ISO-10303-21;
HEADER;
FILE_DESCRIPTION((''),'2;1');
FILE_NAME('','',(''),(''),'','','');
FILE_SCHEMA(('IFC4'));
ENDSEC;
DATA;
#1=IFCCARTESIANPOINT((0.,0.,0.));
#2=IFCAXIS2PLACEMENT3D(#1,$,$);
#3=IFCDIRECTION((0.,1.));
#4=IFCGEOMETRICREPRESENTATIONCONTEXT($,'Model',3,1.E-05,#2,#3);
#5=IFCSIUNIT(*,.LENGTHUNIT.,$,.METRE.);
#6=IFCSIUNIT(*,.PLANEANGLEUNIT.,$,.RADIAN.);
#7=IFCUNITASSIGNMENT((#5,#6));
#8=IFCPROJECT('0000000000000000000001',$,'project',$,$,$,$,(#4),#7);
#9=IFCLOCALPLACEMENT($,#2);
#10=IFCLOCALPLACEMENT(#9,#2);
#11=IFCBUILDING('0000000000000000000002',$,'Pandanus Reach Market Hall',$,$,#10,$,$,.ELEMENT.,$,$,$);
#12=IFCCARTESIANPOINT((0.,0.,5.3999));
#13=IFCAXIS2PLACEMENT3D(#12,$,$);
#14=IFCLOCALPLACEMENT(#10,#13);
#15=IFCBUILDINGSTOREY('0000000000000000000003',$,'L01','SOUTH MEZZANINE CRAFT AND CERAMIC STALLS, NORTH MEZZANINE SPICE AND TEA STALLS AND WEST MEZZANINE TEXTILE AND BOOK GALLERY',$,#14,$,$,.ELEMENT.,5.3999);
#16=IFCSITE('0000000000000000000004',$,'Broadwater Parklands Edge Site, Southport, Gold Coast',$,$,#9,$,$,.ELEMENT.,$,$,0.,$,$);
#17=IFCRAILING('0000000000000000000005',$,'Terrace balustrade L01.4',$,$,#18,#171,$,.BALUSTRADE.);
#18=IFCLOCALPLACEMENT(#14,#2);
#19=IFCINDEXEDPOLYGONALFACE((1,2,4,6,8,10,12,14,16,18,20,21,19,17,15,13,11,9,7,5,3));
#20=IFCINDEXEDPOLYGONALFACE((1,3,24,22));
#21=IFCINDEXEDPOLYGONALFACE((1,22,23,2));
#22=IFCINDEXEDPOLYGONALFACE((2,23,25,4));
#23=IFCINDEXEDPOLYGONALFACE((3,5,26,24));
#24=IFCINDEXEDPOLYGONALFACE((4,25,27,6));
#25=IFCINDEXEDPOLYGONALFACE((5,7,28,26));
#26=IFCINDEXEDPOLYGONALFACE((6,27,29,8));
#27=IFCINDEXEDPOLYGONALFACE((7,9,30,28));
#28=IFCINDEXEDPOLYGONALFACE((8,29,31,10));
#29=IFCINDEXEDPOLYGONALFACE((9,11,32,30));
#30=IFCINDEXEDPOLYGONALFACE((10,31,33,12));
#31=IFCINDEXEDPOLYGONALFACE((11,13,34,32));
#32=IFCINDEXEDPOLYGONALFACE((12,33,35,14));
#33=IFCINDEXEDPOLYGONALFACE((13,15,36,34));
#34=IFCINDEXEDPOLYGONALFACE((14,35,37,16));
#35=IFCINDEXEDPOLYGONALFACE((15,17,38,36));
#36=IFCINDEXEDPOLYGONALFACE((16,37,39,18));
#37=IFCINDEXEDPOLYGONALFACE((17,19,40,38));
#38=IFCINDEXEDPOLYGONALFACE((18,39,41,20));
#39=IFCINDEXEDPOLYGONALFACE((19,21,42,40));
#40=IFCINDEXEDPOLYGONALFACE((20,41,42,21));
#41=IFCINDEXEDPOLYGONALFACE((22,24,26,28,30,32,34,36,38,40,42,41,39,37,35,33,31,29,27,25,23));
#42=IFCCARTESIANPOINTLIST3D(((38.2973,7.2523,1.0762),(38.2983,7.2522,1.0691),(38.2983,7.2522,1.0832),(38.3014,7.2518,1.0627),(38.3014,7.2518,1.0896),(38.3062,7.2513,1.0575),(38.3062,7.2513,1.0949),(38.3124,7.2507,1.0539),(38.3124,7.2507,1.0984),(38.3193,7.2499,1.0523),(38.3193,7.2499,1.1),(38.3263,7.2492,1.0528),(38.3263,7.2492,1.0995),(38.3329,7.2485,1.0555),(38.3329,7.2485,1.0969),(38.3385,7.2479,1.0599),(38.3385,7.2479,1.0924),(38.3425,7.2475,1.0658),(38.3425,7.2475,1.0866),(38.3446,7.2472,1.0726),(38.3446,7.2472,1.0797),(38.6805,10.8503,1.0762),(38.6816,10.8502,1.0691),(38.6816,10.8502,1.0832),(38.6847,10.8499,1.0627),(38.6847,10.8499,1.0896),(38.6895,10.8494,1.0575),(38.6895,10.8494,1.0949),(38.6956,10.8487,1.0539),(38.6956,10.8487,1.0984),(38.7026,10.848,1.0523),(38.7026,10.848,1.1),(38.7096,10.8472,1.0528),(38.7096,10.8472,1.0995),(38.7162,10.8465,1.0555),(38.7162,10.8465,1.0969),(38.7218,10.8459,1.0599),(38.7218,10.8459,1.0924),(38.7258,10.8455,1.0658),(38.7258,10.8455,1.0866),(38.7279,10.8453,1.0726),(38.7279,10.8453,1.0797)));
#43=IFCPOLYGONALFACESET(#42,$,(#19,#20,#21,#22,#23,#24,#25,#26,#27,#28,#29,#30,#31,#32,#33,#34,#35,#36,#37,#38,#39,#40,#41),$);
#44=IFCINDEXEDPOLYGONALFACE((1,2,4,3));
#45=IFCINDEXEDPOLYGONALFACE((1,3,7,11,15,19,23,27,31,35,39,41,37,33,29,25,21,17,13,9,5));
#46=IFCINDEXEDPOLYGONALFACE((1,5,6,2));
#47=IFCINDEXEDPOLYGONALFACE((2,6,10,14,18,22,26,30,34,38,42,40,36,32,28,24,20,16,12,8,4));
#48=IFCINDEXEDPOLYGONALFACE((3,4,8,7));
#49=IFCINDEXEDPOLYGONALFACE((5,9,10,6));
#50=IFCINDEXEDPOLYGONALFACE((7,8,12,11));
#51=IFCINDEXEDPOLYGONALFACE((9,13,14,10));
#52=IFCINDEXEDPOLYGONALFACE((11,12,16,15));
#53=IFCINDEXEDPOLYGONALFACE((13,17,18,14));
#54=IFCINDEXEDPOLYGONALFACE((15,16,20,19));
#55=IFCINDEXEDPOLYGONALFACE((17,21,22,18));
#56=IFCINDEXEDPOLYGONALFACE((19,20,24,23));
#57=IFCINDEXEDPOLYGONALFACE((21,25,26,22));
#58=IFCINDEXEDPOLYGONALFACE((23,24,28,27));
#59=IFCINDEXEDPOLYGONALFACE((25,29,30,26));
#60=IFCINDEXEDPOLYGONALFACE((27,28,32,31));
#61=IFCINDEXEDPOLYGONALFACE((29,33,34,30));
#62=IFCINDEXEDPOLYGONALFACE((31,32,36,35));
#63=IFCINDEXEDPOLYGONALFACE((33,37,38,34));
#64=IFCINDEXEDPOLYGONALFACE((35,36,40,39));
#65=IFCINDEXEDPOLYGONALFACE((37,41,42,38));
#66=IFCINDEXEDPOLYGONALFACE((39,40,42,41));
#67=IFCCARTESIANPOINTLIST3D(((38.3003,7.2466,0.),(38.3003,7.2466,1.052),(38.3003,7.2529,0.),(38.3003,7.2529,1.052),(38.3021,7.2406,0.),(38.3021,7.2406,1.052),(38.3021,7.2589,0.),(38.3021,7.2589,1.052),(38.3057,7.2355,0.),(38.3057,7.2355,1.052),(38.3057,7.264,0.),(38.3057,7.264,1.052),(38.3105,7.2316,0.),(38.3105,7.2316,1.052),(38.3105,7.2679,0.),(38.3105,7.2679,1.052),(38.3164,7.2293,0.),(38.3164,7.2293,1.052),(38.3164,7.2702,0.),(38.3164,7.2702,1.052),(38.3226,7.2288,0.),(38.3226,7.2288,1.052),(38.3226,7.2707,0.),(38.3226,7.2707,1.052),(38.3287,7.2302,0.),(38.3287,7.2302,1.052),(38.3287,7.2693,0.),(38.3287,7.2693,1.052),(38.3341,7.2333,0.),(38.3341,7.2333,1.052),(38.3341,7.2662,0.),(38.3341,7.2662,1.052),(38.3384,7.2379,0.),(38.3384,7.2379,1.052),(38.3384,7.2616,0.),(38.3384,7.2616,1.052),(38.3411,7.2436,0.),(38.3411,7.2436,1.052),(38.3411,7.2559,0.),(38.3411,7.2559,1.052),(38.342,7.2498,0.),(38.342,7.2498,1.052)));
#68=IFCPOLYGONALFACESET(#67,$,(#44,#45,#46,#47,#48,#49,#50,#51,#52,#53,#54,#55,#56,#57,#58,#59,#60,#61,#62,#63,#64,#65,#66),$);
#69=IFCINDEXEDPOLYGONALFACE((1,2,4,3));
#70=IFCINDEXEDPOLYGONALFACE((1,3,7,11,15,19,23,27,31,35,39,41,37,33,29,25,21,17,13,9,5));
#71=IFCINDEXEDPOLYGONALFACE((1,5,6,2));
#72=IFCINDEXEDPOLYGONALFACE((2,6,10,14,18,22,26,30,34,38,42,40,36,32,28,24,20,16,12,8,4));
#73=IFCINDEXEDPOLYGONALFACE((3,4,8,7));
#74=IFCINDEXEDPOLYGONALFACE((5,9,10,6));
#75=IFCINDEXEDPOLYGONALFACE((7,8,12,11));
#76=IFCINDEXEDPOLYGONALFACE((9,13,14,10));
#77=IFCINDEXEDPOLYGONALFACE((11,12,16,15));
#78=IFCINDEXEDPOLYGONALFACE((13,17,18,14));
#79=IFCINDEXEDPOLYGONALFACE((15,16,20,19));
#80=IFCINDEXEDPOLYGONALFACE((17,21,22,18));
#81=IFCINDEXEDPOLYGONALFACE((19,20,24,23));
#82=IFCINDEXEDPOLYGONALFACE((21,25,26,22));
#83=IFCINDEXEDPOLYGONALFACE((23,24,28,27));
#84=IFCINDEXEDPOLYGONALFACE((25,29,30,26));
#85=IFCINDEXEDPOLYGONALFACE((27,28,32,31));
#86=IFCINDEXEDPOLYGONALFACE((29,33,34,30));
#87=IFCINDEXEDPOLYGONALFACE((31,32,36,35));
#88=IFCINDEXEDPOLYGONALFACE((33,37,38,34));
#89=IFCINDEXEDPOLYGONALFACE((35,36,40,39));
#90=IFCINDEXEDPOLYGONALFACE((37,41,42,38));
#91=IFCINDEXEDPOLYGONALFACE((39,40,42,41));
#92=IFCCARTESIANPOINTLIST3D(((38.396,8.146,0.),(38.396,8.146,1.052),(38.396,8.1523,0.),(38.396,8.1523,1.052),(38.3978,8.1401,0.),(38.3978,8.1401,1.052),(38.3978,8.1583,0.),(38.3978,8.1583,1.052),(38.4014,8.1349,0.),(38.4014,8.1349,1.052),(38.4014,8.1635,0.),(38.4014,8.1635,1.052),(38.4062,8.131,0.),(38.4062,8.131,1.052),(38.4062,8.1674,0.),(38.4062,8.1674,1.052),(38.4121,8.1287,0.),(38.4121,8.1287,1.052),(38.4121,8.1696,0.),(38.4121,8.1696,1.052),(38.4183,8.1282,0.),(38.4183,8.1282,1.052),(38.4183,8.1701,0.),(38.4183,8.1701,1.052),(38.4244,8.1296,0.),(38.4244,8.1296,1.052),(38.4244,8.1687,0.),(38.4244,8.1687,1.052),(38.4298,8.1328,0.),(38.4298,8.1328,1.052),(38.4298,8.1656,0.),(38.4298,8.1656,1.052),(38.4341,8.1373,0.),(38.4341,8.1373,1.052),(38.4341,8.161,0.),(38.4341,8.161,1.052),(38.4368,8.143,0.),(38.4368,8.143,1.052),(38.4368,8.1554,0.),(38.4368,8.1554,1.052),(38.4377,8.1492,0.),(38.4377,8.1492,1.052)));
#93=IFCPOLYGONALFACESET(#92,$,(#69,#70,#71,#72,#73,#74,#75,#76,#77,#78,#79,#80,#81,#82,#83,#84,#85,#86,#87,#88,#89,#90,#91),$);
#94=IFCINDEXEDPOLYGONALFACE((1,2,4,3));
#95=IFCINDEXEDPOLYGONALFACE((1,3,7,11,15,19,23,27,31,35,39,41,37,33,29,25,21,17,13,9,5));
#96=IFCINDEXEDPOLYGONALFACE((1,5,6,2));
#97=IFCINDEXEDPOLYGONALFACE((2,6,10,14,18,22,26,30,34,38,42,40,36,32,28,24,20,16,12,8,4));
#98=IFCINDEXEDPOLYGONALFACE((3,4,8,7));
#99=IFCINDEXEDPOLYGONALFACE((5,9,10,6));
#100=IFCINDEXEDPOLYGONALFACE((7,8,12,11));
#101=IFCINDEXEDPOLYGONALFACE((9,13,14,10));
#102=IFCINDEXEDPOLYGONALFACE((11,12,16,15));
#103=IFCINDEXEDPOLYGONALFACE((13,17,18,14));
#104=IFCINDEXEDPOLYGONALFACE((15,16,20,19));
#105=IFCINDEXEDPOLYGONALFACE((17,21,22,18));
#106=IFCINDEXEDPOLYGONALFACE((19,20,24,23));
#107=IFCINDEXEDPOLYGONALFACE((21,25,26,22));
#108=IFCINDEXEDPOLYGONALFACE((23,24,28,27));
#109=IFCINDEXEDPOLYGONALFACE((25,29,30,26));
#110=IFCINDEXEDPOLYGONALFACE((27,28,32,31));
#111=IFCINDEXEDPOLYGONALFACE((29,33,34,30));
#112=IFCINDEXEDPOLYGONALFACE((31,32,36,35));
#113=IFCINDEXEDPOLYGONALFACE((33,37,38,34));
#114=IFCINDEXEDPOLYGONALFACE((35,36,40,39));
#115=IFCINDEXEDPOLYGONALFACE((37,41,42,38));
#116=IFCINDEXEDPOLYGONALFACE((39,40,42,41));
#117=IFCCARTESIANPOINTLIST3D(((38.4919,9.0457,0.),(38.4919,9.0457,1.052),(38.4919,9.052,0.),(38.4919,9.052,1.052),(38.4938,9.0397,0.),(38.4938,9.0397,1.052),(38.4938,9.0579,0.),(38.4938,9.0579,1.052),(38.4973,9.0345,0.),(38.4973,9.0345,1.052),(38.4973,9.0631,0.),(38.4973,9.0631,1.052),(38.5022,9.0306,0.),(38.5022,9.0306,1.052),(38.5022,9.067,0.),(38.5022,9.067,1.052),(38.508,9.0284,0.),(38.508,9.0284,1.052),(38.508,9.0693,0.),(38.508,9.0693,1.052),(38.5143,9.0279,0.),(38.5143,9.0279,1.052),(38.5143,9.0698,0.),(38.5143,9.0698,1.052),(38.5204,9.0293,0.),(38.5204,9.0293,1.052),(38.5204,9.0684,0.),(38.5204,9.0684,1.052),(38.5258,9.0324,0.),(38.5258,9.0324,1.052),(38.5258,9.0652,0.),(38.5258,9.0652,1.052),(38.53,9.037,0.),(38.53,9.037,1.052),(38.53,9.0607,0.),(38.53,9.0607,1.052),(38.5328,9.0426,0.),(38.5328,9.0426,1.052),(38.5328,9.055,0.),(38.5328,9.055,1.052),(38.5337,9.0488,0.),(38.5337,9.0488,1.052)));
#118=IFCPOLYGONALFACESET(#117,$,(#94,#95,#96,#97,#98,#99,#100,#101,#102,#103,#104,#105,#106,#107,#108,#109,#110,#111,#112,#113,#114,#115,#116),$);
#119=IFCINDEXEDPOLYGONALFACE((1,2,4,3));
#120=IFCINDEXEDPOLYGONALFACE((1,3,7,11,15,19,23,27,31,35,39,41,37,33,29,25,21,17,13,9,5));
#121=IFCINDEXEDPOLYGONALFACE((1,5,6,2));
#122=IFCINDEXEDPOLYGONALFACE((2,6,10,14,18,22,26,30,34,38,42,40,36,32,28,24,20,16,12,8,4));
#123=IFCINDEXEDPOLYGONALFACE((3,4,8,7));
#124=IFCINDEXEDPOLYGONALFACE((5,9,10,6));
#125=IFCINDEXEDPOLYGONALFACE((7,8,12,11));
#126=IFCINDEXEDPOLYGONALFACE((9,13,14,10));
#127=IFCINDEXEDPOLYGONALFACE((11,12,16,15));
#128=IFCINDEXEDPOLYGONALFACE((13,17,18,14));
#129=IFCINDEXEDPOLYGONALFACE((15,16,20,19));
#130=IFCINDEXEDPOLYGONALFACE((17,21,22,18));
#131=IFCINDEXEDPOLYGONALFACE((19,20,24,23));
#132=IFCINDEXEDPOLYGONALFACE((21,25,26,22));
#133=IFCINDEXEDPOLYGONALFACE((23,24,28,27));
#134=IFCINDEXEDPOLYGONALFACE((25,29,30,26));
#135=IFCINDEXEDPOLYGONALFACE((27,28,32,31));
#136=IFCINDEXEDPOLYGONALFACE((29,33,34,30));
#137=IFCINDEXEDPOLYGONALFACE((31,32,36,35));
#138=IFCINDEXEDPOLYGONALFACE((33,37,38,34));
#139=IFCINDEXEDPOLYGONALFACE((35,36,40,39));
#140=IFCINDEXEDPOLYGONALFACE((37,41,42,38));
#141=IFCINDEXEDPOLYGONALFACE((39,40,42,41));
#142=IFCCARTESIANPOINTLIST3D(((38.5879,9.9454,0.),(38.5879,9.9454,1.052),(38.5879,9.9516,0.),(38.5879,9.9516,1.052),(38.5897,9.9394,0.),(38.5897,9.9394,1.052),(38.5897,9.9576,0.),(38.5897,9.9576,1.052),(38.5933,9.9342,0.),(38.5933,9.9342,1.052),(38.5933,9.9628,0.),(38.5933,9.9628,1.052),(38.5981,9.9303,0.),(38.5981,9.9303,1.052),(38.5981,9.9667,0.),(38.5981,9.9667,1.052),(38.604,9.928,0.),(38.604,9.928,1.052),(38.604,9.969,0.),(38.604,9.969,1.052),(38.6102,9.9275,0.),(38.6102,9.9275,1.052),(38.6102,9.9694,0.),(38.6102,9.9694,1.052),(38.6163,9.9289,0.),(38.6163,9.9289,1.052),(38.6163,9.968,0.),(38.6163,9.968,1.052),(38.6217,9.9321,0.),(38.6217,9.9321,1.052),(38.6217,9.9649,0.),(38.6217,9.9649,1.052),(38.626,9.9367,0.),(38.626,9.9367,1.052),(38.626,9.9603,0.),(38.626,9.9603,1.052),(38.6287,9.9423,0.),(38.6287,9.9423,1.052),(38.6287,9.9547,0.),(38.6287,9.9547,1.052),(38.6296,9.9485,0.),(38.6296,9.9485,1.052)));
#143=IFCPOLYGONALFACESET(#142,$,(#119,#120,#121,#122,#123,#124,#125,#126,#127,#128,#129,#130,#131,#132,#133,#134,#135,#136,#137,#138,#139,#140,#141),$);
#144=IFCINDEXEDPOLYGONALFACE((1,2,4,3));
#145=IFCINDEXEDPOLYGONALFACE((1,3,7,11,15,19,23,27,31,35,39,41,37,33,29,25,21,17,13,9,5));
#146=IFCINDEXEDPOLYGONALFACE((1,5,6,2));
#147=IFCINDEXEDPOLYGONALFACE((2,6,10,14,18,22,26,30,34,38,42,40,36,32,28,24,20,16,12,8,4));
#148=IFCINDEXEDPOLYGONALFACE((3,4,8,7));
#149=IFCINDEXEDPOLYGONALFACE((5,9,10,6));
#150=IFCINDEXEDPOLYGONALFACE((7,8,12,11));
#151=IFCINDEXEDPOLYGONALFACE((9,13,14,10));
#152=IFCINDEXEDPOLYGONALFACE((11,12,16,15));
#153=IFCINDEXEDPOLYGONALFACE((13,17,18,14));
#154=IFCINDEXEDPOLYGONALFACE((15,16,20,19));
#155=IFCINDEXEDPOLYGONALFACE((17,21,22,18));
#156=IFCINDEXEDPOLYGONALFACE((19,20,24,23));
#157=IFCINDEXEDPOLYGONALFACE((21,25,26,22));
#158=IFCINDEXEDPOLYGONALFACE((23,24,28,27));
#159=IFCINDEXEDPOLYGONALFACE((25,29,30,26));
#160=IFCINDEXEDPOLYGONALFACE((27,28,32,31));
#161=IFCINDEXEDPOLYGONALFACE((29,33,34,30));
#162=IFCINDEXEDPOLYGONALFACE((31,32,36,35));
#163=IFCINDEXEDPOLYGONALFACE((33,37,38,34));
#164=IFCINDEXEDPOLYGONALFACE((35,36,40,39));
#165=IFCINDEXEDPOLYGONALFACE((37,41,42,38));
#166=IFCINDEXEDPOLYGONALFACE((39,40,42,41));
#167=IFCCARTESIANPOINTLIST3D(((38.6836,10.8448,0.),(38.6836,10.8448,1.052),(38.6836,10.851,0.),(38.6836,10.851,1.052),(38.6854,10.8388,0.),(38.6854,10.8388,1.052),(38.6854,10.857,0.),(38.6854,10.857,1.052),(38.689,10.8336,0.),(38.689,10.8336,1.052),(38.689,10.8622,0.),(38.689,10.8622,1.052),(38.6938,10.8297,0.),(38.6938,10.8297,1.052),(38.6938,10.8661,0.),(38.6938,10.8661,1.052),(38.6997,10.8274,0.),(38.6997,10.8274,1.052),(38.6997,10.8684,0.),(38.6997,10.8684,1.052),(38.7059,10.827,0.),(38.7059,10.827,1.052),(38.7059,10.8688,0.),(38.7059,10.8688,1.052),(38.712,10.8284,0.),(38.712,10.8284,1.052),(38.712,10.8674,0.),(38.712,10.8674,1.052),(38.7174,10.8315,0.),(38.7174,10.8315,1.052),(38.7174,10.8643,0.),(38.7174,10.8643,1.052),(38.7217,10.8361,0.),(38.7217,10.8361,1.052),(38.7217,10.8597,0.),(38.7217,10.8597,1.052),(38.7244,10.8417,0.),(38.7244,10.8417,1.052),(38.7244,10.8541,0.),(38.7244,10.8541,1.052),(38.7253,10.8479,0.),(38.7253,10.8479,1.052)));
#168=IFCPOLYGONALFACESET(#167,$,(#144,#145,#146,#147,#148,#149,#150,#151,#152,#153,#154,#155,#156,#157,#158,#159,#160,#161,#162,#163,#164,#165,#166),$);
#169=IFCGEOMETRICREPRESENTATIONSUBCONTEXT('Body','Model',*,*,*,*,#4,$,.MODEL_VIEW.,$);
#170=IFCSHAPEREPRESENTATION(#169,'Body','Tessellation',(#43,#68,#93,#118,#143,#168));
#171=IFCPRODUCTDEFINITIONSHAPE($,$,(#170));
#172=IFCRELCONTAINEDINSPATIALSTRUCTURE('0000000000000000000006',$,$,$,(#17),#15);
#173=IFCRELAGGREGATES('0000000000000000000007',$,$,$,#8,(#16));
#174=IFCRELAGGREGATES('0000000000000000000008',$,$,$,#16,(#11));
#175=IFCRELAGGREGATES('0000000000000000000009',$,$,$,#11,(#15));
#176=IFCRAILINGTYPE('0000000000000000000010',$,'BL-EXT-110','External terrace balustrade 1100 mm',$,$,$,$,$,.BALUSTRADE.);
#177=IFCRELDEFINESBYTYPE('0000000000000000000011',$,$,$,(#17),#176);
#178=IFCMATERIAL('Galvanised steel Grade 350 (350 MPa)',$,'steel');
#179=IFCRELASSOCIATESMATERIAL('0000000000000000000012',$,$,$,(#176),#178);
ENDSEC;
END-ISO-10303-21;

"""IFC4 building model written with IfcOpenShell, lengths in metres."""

from ifc_helpers import new_model, si_unit, direction, frame, origin, origin_2d, place, context, subcontext, project, spatial, circle, extrude, material, type_object, element, save


model = new_model("IFC4")

# Units and contexts
model_context = context("Model", 3, precision=1e-05, world=origin(), true_north=direction((0.0, 1.0)))
body_context = subcontext(model_context, "Body", "Model", "MODEL_VIEW")
ifc_project = project(units=[si_unit("LENGTHUNIT", "METRE"), si_unit("PLANEANGLEUNIT", "RADIAN")], contexts=[model_context])

# Site, building, storey
site_placement = place(None, origin())
site = spatial("IfcSite", under=ifc_project, at=site_placement, Name="Broadwater Parklands Edge Site, Southport, Gold Coast", CompositionType="ELEMENT", RefElevation=0.0)
building_placement = place(site_placement, origin())
building = spatial("IfcBuilding", under=site, at=building_placement, Name="Pandanus Reach Market Hall", CompositionType="ELEMENT")
storey_placement = place(building_placement, frame((0.0, 0.0, 5.3999)))
storey = spatial("IfcBuildingStorey", under=building, at=storey_placement, Name="L01", Description="SOUTH MEZZANINE CRAFT AND CERAMIC STALLS, NORTH MEZZANINE SPICE AND TEA STALLS AND WEST MEZZANINE TEXTILE AND BOOK GALLERY", CompositionType="ELEMENT", Elevation=5.3999)

# Railing
ifc_material_1 = material(Name="Galvanised steel Grade 350 (350 MPa)", Category="steel")
railing_type = type_object("IfcRailingType", Name="BL-EXT-110", Description="External terrace balustrade 1100 mm", PredefinedType="BALUSTRADE", material=ifc_material_1)
railing_1_placement = place(storey_placement, frame((38.321, 7.2498, 0.0)))
element("IfcRailing", 1, at=railing_1_placement, inside=storey, type_object=railing_type, Name="Terrace balustrade L01.4", PredefinedType="BALUSTRADE", context=body_context, shape_type="SweptSolid", body=[
    extrude(circle(Radius=0.0239, at=origin_2d()), frame((0.0, 0.0, 1.0762), z_axis=(0.105928, 0.994374, 0.0), x_axis=(-0.994374, 0.105928, 0.0)), (0.0, 0.0, 1.0), 3.6184),
    extrude(circle(Radius=0.021, at=origin_2d()), origin(), (0.0, 0.0, 1.0), 1.052),
    extrude(circle(Radius=0.021, at=origin_2d()), frame((0.0957, 0.8994, 0.0)), (0.0, 0.0, 1.0), 1.052),
    extrude(circle(Radius=0.021, at=origin_2d()), frame((0.1917, 1.7991, 0.0)), (0.0, 0.0, 1.0), 1.052),
    extrude(circle(Radius=0.021, at=origin_2d()), frame((0.2876, 2.6987, 0.0)), (0.0, 0.0, 1.0), 1.052),
    extrude(circle(Radius=0.021, at=origin_2d()), frame((0.3833, 3.5981, 0.0)), (0.0, 0.0, 1.0), 1.052),
])

save(model, "model.ifc")
